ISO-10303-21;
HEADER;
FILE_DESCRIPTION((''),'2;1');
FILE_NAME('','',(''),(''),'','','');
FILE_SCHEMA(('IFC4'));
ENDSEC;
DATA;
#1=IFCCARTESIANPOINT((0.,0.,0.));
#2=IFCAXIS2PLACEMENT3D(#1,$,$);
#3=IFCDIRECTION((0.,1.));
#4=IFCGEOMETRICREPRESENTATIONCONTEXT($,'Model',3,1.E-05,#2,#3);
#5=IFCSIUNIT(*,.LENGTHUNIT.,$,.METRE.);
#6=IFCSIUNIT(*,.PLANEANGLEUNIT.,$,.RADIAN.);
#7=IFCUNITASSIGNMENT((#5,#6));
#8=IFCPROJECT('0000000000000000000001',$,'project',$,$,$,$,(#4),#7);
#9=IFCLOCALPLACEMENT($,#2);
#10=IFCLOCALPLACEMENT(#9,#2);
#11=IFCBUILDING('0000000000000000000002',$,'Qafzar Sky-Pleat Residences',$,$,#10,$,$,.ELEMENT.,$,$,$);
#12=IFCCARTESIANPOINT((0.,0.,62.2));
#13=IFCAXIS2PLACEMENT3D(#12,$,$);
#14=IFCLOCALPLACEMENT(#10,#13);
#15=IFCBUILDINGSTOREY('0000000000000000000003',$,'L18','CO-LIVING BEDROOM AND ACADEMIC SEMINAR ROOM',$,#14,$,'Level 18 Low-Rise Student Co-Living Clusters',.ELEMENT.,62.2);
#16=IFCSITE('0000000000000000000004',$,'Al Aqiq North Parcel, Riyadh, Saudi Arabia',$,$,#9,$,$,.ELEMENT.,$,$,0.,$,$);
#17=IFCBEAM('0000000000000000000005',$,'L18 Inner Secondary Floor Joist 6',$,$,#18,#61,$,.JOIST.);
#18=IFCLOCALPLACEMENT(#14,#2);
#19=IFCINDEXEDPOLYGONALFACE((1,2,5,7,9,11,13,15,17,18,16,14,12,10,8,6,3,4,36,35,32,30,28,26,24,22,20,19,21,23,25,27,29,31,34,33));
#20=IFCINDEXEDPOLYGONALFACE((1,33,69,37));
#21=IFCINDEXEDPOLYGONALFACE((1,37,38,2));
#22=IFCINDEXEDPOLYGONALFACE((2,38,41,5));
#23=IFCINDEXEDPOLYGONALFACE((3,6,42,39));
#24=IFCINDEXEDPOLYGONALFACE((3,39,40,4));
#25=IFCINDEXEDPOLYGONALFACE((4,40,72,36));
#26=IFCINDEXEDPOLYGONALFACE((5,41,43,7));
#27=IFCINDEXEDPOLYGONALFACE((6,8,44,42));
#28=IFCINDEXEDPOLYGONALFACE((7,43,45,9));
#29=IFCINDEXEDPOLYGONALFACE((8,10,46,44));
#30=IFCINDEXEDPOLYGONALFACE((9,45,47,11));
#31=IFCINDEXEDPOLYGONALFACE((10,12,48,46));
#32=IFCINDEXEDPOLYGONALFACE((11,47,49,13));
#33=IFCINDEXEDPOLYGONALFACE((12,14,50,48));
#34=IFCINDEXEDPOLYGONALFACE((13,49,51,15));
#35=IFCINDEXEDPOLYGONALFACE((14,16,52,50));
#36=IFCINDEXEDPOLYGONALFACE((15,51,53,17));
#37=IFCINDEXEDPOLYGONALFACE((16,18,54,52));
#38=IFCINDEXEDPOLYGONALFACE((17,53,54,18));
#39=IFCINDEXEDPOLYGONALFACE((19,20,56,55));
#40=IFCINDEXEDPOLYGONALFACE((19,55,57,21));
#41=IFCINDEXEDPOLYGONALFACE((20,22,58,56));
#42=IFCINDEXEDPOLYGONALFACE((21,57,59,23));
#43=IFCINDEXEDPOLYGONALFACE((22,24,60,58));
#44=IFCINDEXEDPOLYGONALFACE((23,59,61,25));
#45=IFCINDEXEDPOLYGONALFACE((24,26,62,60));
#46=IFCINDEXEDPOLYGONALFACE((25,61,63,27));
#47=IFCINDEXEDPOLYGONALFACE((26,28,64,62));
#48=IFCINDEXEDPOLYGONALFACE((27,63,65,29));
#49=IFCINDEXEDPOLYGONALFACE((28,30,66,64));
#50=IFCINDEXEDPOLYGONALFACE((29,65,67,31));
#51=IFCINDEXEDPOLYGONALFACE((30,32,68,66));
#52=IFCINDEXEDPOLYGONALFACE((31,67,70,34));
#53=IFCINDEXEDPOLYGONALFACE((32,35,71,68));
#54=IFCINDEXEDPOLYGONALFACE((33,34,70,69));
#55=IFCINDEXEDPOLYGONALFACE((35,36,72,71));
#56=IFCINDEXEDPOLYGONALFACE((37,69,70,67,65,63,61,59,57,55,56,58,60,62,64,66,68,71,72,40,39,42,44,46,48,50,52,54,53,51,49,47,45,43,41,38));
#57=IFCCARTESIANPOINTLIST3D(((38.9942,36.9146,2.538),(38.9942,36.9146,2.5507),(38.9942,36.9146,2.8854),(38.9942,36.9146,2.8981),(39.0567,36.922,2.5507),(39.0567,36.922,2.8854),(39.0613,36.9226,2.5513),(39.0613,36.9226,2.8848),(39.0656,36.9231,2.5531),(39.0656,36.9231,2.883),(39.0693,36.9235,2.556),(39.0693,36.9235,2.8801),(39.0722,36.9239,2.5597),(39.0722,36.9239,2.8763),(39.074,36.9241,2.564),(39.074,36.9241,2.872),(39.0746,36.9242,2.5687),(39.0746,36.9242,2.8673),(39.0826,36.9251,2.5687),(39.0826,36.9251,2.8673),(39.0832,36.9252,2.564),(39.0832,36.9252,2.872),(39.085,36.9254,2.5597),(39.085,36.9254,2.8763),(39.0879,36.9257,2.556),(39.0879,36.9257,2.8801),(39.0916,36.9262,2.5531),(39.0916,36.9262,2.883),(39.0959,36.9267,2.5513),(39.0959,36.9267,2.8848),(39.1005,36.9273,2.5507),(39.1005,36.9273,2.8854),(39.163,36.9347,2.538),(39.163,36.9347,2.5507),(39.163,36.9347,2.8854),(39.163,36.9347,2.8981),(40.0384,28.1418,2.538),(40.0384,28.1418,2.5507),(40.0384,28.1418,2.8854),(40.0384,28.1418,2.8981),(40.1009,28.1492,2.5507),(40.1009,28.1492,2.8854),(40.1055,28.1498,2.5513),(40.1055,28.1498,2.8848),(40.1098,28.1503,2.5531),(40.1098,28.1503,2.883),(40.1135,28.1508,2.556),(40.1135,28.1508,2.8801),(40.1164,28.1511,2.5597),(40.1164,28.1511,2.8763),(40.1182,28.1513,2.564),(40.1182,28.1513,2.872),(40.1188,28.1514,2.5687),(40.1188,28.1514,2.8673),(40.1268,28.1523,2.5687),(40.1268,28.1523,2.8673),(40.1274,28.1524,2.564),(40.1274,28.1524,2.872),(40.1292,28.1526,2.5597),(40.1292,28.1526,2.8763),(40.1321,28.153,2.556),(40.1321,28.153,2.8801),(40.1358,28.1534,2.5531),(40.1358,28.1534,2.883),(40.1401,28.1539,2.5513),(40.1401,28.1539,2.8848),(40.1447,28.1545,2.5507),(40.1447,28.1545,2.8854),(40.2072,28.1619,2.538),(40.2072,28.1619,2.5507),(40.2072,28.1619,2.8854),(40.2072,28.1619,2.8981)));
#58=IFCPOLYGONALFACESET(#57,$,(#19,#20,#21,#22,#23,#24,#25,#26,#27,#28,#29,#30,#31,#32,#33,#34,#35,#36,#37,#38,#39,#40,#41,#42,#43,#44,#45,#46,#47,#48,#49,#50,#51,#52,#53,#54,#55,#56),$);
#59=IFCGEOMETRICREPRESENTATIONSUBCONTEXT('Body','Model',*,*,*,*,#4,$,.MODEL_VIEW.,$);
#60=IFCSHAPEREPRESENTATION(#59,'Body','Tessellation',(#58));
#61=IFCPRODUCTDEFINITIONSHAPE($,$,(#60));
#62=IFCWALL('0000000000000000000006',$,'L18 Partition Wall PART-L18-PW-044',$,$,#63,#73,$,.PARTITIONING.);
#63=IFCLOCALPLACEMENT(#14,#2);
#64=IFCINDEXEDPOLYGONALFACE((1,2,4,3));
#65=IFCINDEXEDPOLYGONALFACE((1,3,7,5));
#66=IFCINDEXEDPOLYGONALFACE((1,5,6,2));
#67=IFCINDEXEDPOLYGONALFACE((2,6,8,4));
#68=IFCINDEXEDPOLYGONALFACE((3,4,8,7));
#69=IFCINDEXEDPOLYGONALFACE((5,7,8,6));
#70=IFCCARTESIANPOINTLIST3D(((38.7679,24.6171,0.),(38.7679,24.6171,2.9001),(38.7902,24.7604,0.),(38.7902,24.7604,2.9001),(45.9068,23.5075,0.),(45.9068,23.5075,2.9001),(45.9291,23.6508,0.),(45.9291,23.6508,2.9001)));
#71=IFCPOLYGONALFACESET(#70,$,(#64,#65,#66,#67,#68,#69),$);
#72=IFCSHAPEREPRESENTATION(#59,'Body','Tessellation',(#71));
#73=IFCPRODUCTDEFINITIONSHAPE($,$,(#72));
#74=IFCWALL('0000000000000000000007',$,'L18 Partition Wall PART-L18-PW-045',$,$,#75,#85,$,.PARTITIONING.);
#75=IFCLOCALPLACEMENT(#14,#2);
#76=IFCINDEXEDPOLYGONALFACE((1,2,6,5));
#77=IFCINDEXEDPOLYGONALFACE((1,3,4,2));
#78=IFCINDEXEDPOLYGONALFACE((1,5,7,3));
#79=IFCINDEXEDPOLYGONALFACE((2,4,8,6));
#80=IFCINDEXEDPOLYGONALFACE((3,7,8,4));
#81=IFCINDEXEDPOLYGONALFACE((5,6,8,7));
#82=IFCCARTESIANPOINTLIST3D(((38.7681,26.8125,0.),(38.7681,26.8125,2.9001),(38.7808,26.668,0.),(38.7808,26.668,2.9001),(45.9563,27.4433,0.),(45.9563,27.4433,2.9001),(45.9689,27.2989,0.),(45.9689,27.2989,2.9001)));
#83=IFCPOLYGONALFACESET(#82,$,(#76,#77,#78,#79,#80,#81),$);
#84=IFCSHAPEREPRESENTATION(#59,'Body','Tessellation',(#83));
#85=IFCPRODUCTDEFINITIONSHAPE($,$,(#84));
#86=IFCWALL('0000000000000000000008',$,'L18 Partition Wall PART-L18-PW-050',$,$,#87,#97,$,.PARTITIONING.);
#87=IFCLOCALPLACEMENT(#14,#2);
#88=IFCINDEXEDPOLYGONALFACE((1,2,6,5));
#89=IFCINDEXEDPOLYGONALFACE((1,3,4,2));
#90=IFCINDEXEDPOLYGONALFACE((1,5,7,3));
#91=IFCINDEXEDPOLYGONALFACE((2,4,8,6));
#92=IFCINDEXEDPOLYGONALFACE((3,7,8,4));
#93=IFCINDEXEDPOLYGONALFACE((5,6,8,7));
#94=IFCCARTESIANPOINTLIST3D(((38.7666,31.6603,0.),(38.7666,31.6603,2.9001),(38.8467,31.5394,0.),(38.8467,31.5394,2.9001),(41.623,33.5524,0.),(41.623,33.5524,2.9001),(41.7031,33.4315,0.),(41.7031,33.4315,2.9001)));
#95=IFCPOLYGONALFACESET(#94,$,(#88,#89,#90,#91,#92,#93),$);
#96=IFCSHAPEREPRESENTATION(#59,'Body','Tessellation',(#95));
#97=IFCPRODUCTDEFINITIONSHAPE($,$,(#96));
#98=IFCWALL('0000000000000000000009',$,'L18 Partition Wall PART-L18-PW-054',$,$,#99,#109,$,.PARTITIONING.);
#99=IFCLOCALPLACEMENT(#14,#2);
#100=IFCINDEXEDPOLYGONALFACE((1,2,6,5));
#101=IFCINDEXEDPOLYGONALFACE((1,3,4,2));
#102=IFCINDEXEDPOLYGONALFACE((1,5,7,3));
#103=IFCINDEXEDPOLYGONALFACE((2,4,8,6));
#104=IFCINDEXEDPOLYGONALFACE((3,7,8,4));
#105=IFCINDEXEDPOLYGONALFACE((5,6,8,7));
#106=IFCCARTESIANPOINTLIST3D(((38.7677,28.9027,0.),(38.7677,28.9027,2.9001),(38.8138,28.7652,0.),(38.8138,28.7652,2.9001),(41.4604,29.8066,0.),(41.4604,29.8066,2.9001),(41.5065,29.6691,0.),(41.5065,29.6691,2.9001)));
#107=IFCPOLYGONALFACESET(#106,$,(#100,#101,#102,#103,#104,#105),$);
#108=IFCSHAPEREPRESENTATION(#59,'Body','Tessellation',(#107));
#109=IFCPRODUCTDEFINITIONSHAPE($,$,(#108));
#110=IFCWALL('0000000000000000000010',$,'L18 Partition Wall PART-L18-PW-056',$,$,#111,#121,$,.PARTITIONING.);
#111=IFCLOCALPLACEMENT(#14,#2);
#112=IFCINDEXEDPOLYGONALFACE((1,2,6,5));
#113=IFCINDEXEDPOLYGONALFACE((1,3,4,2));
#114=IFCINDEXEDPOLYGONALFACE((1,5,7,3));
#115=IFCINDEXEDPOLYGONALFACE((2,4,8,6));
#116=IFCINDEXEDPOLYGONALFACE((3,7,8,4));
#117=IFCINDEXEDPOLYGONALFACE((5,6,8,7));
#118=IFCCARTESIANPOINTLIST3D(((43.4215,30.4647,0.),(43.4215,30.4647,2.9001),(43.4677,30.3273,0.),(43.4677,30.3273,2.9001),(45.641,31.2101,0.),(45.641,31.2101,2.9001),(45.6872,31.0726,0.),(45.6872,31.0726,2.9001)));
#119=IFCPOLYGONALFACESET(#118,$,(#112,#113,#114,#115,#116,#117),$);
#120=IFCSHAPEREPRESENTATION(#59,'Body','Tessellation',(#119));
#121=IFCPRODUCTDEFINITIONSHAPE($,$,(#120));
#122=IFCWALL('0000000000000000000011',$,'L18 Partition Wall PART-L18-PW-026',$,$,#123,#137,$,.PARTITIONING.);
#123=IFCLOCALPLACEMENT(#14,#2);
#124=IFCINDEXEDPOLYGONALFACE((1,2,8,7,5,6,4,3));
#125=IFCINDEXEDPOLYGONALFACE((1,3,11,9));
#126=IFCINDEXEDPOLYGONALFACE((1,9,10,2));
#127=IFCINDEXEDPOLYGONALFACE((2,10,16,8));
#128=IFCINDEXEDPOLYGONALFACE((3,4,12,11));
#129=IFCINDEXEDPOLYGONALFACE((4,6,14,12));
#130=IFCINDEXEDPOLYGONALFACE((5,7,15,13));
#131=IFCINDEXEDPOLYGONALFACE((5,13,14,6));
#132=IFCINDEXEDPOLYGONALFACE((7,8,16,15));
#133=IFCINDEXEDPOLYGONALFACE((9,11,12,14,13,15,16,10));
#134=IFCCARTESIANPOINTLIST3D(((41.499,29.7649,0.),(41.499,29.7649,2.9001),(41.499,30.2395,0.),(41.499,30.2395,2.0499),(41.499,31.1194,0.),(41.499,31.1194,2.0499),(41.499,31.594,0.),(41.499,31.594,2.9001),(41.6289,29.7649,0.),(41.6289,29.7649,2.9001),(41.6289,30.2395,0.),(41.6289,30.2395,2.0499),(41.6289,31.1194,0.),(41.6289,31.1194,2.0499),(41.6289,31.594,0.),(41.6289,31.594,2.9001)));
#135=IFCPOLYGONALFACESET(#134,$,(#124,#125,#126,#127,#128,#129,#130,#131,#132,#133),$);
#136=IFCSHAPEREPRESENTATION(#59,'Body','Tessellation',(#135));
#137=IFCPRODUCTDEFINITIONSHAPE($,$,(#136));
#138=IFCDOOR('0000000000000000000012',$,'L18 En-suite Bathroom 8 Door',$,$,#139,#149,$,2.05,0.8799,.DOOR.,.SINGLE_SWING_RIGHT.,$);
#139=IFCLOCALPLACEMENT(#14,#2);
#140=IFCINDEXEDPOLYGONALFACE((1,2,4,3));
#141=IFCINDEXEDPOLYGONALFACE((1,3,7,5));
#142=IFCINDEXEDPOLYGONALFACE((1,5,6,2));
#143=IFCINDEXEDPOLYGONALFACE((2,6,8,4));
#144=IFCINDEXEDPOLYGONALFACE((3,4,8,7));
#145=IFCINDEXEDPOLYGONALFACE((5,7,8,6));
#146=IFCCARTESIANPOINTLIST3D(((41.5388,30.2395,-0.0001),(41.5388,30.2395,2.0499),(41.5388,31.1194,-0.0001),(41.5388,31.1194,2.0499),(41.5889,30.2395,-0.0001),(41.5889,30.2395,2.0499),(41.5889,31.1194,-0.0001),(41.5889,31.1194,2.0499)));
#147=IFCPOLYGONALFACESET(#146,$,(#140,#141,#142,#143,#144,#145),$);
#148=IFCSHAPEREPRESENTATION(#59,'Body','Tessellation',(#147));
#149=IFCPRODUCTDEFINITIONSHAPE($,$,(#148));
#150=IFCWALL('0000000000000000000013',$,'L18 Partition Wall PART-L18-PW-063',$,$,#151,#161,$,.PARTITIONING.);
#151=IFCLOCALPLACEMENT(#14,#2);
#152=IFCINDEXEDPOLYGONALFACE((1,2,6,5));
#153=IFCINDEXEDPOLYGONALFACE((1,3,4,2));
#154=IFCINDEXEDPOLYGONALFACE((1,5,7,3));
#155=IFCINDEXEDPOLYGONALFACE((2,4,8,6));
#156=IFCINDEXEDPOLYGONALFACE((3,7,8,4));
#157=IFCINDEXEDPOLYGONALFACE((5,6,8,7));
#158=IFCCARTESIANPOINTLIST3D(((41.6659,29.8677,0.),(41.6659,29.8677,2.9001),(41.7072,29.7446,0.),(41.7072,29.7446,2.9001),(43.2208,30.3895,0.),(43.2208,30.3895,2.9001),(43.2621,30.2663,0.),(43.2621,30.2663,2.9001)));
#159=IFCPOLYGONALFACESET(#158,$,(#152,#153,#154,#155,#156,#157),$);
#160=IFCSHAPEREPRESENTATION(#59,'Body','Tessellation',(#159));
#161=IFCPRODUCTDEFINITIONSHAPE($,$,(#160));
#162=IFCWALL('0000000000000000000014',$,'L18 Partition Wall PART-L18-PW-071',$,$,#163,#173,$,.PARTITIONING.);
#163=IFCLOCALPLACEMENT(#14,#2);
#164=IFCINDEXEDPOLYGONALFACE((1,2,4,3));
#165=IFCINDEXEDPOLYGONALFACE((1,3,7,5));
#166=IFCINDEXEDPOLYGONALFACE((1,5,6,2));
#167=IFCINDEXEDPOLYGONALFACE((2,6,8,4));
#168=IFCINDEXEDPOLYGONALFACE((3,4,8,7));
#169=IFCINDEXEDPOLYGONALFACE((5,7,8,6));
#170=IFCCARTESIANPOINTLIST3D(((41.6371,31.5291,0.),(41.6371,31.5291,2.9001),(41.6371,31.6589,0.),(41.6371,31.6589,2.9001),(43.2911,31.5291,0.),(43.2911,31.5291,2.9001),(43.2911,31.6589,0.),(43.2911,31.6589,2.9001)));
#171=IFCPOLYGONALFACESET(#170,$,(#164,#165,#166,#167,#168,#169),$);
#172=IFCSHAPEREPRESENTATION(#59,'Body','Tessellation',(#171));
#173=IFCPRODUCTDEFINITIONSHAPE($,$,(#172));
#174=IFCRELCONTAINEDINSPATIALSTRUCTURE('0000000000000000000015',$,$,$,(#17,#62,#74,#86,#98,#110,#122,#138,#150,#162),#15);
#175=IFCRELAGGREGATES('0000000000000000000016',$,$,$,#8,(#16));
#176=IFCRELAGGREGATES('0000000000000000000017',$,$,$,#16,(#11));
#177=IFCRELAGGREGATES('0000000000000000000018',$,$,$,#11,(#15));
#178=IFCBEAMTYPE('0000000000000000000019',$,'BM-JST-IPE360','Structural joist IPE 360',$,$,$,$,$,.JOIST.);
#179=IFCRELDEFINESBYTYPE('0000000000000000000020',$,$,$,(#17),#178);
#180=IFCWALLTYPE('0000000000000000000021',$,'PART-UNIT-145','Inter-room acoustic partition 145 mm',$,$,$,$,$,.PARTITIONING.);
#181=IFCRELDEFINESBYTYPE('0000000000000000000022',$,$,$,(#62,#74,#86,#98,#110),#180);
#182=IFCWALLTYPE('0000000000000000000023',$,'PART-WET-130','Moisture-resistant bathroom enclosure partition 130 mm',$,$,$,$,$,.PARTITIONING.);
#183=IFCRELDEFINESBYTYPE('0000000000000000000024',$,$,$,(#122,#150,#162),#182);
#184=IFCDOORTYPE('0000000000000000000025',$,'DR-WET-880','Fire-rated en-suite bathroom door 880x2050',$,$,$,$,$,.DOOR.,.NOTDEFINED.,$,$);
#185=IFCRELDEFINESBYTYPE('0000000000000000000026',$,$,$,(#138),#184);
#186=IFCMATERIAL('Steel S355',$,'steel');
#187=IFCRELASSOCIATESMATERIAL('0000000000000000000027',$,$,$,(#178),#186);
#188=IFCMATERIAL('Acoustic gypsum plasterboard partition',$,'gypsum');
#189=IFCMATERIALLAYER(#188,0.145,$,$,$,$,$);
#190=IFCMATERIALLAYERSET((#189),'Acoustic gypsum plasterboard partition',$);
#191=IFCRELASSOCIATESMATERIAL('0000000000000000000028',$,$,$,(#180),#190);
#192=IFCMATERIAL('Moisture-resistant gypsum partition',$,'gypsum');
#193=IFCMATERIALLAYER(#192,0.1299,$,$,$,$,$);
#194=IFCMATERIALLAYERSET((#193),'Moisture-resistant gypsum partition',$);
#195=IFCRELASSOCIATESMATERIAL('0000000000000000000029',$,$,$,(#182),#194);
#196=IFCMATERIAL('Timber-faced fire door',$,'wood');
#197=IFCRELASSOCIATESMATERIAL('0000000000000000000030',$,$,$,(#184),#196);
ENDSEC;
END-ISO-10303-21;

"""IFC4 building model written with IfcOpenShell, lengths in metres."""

from ifc_helpers import new_model, si_unit, direction, frame, frame_2d, origin, origin_2d, place, context, subcontext, project, spatial, rectangle, i_section, extrude, source, transform, mapped, material, layer, layer_set, material_profile, profile_set, type_object, element, fill, save


model = new_model("IFC4")

# Units and contexts
model_context = context("Model", 3, precision=1e-05, world=origin(), true_north=direction((0.0, 1.0)))
body_context = subcontext(model_context, "Body", "Model", "MODEL_VIEW")
ifc_project = project(units=[si_unit("LENGTHUNIT", "METRE"), si_unit("PLANEANGLEUNIT", "RADIAN")], contexts=[model_context])

# Site, building, storey
site_placement = place(None, origin())
site = spatial("IfcSite", under=ifc_project, at=site_placement, Name="Al Aqiq North Parcel, Riyadh, Saudi Arabia", CompositionType="ELEMENT", RefElevation=0.0)
building_placement = place(site_placement, origin())
building = spatial("IfcBuilding", under=site, at=building_placement, Name="Qafzar Sky-Pleat Residences", CompositionType="ELEMENT")
storey_placement = place(building_placement, frame((0.0, 0.0, 62.2)))
storey = spatial("IfcBuildingStorey", under=building, at=storey_placement, Name="L18", Description="CO-LIVING BEDROOM AND ACADEMIC SEMINAR ROOM", LongName="Level 18 Low-Rise Student Co-Living Clusters", CompositionType="ELEMENT", Elevation=62.2)

# Beam
ifc_material_1 = material(Name="Steel S355", Category="steel")
ifc_material_profile_1 = material_profile(ifc_material_1, i_section(OverallWidth=0.1699, OverallDepth=0.3601, WebThickness=0.0081, FlangeThickness=0.0127, FilletRadius=0.0181, at=origin_2d()), Name="IPE 360")
ifc_profile_set_1 = profile_set([ifc_material_profile_1], Name="Steel S355")
beam_type_1 = type_object("IfcBeamType", Name="BM-JST-IPE360", Description="Structural joist IPE 360", PredefinedType="JOIST", material=ifc_profile_set_1)
shared_shape_1 = source(origin(), body_context, "Body", "SweptSolid", [
    extrude(i_section(OverallWidth=0.1699, OverallDepth=0.3601, WebThickness=0.0081, FlangeThickness=0.0127, FilletRadius=0.0181, at=origin_2d()), origin(), (0.0, 0.0, 1.0), 8.8347),
])
beam_1_placement = place(storey_placement, frame((40.1228, 28.1519, 2.718), z_axis=(-0.118193, 0.992991, 0.0), x_axis=(-0.992991, -0.118193, 0.0)))
element("IfcBeam", 1, at=beam_1_placement, inside=storey, type_object=beam_type_1, Name="L18 Inner Secondary Floor Joist 6", PredefinedType="JOIST", context=body_context, shape_type="MappedRepresentation", body=[
    mapped(shared_shape_1, transform((0.0, 0.0, 0.0), x_axis=(1.0, 0.0, 0.0), y_axis=(0.0, 1.0, 0.0), z_axis=(0.0, 0.0, 1.0), scale=1.0)),
])

# Walls
ifc_material_2 = material(Name="Acoustic gypsum plasterboard partition", Category="gypsum")
ifc_layer_1 = layer(ifc_material_2, 0.145)
ifc_layer_set_1 = layer_set([ifc_layer_1], Name="Acoustic gypsum plasterboard partition")
wall_type_1 = type_object("IfcWallType", Name="PART-UNIT-145", Description="Inter-room acoustic partition 145 mm", PredefinedType="PARTITIONING", material=ifc_layer_set_1)
wall_1_placement = place(storey_placement, frame((38.7791, 24.6887, 0.0), z_axis=(0.0, 0.0, 1.0), x_axis=(0.988135, -0.153588, 0.0)))
element("IfcWall", 2, at=wall_1_placement, inside=storey, type_object=wall_type_1, Name="L18 Partition Wall PART-L18-PW-044", PredefinedType="PARTITIONING", context=body_context, shape_type="SweptSolid", body=[
    extrude(rectangle(XDim=7.2246, YDim=0.145, at=frame_2d((3.6123, 0.0))), origin(), (0.0, 0.0, 1.0), 2.9001),
])
wall_2_placement = place(storey_placement, frame((38.7744, 26.7402, 0.0), z_axis=(0.0, 0.0, 1.0), x_axis=(0.996171, 0.087427, 0.0)))
element("IfcWall", 3, at=wall_2_placement, inside=storey, type_object=wall_type_1, Name="L18 Partition Wall PART-L18-PW-045", PredefinedType="PARTITIONING", context=body_context, shape_type="SweptSolid", body=[
    extrude(rectangle(XDim=7.2158, YDim=0.145, at=frame_2d((3.6079, 0.0))), origin(), (0.0, 0.0, 1.0), 2.9001),
])
wall_3_placement = place(storey_placement, frame((38.8066, 31.5999, 0.0), z_axis=(0.0, 0.0, 1.0), x_axis=(0.833691, 0.552231, 0.0)))
element("IfcWall", 4, at=wall_3_placement, inside=storey, type_object=wall_type_1, Name="L18 Partition Wall PART-L18-PW-050", PredefinedType="PARTITIONING", context=body_context, shape_type="SweptSolid", body=[
    extrude(rectangle(XDim=3.4263, YDim=0.145, at=frame_2d((1.7131, 0.0))), origin(), (0.0, 0.0, 1.0), 2.9001),
])
wall_4_placement = place(storey_placement, frame((38.7908, 28.834, 0.0), z_axis=(0.0, 0.0, 1.0), x_axis=(0.948019, 0.318213, 0.0)))
element("IfcWall", 5, at=wall_4_placement, inside=storey, type_object=wall_type_1, Name="L18 Partition Wall PART-L18-PW-054", PredefinedType="PARTITIONING", context=body_context, shape_type="SweptSolid", body=[
    extrude(rectangle(XDim=2.8403, YDim=0.145, at=frame_2d((1.4202, 0.0))), origin(), (0.0, 0.0, 1.0), 2.9001),
])
wall_5_placement = place(storey_placement, frame((43.4446, 30.396, 0.0), z_axis=(0.0, 0.0, 1.0), x_axis=(0.947972, 0.318354, 0.0)))
element("IfcWall", 6, at=wall_5_placement, inside=storey, type_object=wall_type_1, Name="L18 Partition Wall PART-L18-PW-056", PredefinedType="PARTITIONING", context=body_context, shape_type="SweptSolid", body=[
    extrude(rectangle(XDim=2.3413, YDim=0.145, at=frame_2d((1.1707, 0.0))), origin(), (0.0, 0.0, 1.0), 2.9001),
])

# Wall, opening, door
ifc_material_3 = material(Name="Moisture-resistant gypsum partition", Category="gypsum")
ifc_layer_2 = layer(ifc_material_3, 0.1299)
ifc_layer_set_2 = layer_set([ifc_layer_2], Name="Moisture-resistant gypsum partition")
wall_type_2 = type_object("IfcWallType", Name="PART-WET-130", Description="Moisture-resistant bathroom enclosure partition 130 mm", PredefinedType="PARTITIONING", material=ifc_layer_set_2)
wall_6_placement = place(storey_placement, frame((41.564, 31.594, 0.0), z_axis=(0.0, 0.0, 1.0), x_axis=(0.0, -1.0, 0.0)))
wall_6 = element("IfcWall", 7, at=wall_6_placement, inside=storey, type_object=wall_type_2, Name="L18 Partition Wall PART-L18-PW-026", PredefinedType="PARTITIONING", context=body_context, shape_type="SweptSolid", body=[
    extrude(rectangle(XDim=1.8291, YDim=0.1299, at=frame_2d((0.9146, 0.0))), origin(), (0.0, 0.0, 1.0), 2.9001),
])
opening_1_placement = place(wall_6_placement, frame((0.4746, 0.0, 0.0)))
opening_1 = element("IfcOpeningElement", 8, at=opening_1_placement, cuts=wall_6, PredefinedType="OPENING", context=body_context, shape_type="SweptSolid", body=[
    extrude(rectangle(XDim=0.8799, YDim=2.05, at=frame_2d((0.4399, 1.0249))), frame((0.0, 0.075, 0.0), z_axis=(0.0, -1.0, 0.0), x_axis=(1.0, 0.0, 0.0)), (0.0, 0.0, 1.0), 0.1499),
])
ifc_material_4 = material(Name="Timber-faced fire door", Category="wood")
door_type = type_object("IfcDoorType", Name="DR-WET-880", Description="Fire-rated en-suite bathroom door 880x2050", OperationType="NOTDEFINED", PredefinedType="DOOR", material=ifc_material_4)
shared_shape_2 = source(origin(), body_context, "Body", "SweptSolid", [
    extrude(rectangle(XDim=0.8799, YDim=2.05, at=frame_2d((0.4399, 1.0249))), frame((0.0, 0.0249, 0.0), z_axis=(0.0, -1.0, 0.0), x_axis=(1.0, 0.0, 0.0)), (0.0, 0.0, 1.0), 0.05),
])
door_placement = place(opening_1_placement, origin())
door = element("IfcDoor", 9, at=door_placement, inside=storey, type_object=door_type, Name="L18 En-suite Bathroom 8 Door", OperationType="SINGLE_SWING_RIGHT", OverallHeight=2.05, OverallWidth=0.8799, PredefinedType="DOOR", context=body_context, shape_type="MappedRepresentation", body=[
    mapped(shared_shape_2, transform((0.0, 0.0, 0.0), x_axis=(1.0, 0.0, 0.0), y_axis=(0.0, 1.0, 0.0), z_axis=(0.0, 0.0, 1.0), scale=1.0)),
])
fill(opening_1, door)

# Walls
wall_7_placement = place(storey_placement, frame((41.6865, 29.8062, 0.0), z_axis=(0.0, 0.0, 1.0), x_axis=(0.948056, 0.318103, 0.0)))
element("IfcWall", 10, at=wall_7_placement, inside=storey, type_object=wall_type_2, Name="L18 Partition Wall PART-L18-PW-063", PredefinedType="PARTITIONING", context=body_context, shape_type="SweptSolid", body=[
    extrude(rectangle(XDim=1.6401, YDim=0.1299, at=frame_2d((0.8201, 0.0))), origin(), (0.0, 0.0, 1.0), 2.9001),
])
wall_8_placement = place(storey_placement, frame((41.637, 31.594, 0.0), z_axis=(0.0, 0.0, 1.0), x_axis=(1.0, 0.0, 0.0)))
element("IfcWall", 11, at=wall_8_placement, inside=storey, type_object=wall_type_2, Name="L18 Partition Wall PART-L18-PW-071", PredefinedType="PARTITIONING", context=body_context, shape_type="SweptSolid", body=[
    extrude(rectangle(XDim=1.6541, YDim=0.1299, at=frame_2d((0.8271, 0.0))), origin(), (0.0, 0.0, 1.0), 2.9001),
])

save(model, "model.ifc")
